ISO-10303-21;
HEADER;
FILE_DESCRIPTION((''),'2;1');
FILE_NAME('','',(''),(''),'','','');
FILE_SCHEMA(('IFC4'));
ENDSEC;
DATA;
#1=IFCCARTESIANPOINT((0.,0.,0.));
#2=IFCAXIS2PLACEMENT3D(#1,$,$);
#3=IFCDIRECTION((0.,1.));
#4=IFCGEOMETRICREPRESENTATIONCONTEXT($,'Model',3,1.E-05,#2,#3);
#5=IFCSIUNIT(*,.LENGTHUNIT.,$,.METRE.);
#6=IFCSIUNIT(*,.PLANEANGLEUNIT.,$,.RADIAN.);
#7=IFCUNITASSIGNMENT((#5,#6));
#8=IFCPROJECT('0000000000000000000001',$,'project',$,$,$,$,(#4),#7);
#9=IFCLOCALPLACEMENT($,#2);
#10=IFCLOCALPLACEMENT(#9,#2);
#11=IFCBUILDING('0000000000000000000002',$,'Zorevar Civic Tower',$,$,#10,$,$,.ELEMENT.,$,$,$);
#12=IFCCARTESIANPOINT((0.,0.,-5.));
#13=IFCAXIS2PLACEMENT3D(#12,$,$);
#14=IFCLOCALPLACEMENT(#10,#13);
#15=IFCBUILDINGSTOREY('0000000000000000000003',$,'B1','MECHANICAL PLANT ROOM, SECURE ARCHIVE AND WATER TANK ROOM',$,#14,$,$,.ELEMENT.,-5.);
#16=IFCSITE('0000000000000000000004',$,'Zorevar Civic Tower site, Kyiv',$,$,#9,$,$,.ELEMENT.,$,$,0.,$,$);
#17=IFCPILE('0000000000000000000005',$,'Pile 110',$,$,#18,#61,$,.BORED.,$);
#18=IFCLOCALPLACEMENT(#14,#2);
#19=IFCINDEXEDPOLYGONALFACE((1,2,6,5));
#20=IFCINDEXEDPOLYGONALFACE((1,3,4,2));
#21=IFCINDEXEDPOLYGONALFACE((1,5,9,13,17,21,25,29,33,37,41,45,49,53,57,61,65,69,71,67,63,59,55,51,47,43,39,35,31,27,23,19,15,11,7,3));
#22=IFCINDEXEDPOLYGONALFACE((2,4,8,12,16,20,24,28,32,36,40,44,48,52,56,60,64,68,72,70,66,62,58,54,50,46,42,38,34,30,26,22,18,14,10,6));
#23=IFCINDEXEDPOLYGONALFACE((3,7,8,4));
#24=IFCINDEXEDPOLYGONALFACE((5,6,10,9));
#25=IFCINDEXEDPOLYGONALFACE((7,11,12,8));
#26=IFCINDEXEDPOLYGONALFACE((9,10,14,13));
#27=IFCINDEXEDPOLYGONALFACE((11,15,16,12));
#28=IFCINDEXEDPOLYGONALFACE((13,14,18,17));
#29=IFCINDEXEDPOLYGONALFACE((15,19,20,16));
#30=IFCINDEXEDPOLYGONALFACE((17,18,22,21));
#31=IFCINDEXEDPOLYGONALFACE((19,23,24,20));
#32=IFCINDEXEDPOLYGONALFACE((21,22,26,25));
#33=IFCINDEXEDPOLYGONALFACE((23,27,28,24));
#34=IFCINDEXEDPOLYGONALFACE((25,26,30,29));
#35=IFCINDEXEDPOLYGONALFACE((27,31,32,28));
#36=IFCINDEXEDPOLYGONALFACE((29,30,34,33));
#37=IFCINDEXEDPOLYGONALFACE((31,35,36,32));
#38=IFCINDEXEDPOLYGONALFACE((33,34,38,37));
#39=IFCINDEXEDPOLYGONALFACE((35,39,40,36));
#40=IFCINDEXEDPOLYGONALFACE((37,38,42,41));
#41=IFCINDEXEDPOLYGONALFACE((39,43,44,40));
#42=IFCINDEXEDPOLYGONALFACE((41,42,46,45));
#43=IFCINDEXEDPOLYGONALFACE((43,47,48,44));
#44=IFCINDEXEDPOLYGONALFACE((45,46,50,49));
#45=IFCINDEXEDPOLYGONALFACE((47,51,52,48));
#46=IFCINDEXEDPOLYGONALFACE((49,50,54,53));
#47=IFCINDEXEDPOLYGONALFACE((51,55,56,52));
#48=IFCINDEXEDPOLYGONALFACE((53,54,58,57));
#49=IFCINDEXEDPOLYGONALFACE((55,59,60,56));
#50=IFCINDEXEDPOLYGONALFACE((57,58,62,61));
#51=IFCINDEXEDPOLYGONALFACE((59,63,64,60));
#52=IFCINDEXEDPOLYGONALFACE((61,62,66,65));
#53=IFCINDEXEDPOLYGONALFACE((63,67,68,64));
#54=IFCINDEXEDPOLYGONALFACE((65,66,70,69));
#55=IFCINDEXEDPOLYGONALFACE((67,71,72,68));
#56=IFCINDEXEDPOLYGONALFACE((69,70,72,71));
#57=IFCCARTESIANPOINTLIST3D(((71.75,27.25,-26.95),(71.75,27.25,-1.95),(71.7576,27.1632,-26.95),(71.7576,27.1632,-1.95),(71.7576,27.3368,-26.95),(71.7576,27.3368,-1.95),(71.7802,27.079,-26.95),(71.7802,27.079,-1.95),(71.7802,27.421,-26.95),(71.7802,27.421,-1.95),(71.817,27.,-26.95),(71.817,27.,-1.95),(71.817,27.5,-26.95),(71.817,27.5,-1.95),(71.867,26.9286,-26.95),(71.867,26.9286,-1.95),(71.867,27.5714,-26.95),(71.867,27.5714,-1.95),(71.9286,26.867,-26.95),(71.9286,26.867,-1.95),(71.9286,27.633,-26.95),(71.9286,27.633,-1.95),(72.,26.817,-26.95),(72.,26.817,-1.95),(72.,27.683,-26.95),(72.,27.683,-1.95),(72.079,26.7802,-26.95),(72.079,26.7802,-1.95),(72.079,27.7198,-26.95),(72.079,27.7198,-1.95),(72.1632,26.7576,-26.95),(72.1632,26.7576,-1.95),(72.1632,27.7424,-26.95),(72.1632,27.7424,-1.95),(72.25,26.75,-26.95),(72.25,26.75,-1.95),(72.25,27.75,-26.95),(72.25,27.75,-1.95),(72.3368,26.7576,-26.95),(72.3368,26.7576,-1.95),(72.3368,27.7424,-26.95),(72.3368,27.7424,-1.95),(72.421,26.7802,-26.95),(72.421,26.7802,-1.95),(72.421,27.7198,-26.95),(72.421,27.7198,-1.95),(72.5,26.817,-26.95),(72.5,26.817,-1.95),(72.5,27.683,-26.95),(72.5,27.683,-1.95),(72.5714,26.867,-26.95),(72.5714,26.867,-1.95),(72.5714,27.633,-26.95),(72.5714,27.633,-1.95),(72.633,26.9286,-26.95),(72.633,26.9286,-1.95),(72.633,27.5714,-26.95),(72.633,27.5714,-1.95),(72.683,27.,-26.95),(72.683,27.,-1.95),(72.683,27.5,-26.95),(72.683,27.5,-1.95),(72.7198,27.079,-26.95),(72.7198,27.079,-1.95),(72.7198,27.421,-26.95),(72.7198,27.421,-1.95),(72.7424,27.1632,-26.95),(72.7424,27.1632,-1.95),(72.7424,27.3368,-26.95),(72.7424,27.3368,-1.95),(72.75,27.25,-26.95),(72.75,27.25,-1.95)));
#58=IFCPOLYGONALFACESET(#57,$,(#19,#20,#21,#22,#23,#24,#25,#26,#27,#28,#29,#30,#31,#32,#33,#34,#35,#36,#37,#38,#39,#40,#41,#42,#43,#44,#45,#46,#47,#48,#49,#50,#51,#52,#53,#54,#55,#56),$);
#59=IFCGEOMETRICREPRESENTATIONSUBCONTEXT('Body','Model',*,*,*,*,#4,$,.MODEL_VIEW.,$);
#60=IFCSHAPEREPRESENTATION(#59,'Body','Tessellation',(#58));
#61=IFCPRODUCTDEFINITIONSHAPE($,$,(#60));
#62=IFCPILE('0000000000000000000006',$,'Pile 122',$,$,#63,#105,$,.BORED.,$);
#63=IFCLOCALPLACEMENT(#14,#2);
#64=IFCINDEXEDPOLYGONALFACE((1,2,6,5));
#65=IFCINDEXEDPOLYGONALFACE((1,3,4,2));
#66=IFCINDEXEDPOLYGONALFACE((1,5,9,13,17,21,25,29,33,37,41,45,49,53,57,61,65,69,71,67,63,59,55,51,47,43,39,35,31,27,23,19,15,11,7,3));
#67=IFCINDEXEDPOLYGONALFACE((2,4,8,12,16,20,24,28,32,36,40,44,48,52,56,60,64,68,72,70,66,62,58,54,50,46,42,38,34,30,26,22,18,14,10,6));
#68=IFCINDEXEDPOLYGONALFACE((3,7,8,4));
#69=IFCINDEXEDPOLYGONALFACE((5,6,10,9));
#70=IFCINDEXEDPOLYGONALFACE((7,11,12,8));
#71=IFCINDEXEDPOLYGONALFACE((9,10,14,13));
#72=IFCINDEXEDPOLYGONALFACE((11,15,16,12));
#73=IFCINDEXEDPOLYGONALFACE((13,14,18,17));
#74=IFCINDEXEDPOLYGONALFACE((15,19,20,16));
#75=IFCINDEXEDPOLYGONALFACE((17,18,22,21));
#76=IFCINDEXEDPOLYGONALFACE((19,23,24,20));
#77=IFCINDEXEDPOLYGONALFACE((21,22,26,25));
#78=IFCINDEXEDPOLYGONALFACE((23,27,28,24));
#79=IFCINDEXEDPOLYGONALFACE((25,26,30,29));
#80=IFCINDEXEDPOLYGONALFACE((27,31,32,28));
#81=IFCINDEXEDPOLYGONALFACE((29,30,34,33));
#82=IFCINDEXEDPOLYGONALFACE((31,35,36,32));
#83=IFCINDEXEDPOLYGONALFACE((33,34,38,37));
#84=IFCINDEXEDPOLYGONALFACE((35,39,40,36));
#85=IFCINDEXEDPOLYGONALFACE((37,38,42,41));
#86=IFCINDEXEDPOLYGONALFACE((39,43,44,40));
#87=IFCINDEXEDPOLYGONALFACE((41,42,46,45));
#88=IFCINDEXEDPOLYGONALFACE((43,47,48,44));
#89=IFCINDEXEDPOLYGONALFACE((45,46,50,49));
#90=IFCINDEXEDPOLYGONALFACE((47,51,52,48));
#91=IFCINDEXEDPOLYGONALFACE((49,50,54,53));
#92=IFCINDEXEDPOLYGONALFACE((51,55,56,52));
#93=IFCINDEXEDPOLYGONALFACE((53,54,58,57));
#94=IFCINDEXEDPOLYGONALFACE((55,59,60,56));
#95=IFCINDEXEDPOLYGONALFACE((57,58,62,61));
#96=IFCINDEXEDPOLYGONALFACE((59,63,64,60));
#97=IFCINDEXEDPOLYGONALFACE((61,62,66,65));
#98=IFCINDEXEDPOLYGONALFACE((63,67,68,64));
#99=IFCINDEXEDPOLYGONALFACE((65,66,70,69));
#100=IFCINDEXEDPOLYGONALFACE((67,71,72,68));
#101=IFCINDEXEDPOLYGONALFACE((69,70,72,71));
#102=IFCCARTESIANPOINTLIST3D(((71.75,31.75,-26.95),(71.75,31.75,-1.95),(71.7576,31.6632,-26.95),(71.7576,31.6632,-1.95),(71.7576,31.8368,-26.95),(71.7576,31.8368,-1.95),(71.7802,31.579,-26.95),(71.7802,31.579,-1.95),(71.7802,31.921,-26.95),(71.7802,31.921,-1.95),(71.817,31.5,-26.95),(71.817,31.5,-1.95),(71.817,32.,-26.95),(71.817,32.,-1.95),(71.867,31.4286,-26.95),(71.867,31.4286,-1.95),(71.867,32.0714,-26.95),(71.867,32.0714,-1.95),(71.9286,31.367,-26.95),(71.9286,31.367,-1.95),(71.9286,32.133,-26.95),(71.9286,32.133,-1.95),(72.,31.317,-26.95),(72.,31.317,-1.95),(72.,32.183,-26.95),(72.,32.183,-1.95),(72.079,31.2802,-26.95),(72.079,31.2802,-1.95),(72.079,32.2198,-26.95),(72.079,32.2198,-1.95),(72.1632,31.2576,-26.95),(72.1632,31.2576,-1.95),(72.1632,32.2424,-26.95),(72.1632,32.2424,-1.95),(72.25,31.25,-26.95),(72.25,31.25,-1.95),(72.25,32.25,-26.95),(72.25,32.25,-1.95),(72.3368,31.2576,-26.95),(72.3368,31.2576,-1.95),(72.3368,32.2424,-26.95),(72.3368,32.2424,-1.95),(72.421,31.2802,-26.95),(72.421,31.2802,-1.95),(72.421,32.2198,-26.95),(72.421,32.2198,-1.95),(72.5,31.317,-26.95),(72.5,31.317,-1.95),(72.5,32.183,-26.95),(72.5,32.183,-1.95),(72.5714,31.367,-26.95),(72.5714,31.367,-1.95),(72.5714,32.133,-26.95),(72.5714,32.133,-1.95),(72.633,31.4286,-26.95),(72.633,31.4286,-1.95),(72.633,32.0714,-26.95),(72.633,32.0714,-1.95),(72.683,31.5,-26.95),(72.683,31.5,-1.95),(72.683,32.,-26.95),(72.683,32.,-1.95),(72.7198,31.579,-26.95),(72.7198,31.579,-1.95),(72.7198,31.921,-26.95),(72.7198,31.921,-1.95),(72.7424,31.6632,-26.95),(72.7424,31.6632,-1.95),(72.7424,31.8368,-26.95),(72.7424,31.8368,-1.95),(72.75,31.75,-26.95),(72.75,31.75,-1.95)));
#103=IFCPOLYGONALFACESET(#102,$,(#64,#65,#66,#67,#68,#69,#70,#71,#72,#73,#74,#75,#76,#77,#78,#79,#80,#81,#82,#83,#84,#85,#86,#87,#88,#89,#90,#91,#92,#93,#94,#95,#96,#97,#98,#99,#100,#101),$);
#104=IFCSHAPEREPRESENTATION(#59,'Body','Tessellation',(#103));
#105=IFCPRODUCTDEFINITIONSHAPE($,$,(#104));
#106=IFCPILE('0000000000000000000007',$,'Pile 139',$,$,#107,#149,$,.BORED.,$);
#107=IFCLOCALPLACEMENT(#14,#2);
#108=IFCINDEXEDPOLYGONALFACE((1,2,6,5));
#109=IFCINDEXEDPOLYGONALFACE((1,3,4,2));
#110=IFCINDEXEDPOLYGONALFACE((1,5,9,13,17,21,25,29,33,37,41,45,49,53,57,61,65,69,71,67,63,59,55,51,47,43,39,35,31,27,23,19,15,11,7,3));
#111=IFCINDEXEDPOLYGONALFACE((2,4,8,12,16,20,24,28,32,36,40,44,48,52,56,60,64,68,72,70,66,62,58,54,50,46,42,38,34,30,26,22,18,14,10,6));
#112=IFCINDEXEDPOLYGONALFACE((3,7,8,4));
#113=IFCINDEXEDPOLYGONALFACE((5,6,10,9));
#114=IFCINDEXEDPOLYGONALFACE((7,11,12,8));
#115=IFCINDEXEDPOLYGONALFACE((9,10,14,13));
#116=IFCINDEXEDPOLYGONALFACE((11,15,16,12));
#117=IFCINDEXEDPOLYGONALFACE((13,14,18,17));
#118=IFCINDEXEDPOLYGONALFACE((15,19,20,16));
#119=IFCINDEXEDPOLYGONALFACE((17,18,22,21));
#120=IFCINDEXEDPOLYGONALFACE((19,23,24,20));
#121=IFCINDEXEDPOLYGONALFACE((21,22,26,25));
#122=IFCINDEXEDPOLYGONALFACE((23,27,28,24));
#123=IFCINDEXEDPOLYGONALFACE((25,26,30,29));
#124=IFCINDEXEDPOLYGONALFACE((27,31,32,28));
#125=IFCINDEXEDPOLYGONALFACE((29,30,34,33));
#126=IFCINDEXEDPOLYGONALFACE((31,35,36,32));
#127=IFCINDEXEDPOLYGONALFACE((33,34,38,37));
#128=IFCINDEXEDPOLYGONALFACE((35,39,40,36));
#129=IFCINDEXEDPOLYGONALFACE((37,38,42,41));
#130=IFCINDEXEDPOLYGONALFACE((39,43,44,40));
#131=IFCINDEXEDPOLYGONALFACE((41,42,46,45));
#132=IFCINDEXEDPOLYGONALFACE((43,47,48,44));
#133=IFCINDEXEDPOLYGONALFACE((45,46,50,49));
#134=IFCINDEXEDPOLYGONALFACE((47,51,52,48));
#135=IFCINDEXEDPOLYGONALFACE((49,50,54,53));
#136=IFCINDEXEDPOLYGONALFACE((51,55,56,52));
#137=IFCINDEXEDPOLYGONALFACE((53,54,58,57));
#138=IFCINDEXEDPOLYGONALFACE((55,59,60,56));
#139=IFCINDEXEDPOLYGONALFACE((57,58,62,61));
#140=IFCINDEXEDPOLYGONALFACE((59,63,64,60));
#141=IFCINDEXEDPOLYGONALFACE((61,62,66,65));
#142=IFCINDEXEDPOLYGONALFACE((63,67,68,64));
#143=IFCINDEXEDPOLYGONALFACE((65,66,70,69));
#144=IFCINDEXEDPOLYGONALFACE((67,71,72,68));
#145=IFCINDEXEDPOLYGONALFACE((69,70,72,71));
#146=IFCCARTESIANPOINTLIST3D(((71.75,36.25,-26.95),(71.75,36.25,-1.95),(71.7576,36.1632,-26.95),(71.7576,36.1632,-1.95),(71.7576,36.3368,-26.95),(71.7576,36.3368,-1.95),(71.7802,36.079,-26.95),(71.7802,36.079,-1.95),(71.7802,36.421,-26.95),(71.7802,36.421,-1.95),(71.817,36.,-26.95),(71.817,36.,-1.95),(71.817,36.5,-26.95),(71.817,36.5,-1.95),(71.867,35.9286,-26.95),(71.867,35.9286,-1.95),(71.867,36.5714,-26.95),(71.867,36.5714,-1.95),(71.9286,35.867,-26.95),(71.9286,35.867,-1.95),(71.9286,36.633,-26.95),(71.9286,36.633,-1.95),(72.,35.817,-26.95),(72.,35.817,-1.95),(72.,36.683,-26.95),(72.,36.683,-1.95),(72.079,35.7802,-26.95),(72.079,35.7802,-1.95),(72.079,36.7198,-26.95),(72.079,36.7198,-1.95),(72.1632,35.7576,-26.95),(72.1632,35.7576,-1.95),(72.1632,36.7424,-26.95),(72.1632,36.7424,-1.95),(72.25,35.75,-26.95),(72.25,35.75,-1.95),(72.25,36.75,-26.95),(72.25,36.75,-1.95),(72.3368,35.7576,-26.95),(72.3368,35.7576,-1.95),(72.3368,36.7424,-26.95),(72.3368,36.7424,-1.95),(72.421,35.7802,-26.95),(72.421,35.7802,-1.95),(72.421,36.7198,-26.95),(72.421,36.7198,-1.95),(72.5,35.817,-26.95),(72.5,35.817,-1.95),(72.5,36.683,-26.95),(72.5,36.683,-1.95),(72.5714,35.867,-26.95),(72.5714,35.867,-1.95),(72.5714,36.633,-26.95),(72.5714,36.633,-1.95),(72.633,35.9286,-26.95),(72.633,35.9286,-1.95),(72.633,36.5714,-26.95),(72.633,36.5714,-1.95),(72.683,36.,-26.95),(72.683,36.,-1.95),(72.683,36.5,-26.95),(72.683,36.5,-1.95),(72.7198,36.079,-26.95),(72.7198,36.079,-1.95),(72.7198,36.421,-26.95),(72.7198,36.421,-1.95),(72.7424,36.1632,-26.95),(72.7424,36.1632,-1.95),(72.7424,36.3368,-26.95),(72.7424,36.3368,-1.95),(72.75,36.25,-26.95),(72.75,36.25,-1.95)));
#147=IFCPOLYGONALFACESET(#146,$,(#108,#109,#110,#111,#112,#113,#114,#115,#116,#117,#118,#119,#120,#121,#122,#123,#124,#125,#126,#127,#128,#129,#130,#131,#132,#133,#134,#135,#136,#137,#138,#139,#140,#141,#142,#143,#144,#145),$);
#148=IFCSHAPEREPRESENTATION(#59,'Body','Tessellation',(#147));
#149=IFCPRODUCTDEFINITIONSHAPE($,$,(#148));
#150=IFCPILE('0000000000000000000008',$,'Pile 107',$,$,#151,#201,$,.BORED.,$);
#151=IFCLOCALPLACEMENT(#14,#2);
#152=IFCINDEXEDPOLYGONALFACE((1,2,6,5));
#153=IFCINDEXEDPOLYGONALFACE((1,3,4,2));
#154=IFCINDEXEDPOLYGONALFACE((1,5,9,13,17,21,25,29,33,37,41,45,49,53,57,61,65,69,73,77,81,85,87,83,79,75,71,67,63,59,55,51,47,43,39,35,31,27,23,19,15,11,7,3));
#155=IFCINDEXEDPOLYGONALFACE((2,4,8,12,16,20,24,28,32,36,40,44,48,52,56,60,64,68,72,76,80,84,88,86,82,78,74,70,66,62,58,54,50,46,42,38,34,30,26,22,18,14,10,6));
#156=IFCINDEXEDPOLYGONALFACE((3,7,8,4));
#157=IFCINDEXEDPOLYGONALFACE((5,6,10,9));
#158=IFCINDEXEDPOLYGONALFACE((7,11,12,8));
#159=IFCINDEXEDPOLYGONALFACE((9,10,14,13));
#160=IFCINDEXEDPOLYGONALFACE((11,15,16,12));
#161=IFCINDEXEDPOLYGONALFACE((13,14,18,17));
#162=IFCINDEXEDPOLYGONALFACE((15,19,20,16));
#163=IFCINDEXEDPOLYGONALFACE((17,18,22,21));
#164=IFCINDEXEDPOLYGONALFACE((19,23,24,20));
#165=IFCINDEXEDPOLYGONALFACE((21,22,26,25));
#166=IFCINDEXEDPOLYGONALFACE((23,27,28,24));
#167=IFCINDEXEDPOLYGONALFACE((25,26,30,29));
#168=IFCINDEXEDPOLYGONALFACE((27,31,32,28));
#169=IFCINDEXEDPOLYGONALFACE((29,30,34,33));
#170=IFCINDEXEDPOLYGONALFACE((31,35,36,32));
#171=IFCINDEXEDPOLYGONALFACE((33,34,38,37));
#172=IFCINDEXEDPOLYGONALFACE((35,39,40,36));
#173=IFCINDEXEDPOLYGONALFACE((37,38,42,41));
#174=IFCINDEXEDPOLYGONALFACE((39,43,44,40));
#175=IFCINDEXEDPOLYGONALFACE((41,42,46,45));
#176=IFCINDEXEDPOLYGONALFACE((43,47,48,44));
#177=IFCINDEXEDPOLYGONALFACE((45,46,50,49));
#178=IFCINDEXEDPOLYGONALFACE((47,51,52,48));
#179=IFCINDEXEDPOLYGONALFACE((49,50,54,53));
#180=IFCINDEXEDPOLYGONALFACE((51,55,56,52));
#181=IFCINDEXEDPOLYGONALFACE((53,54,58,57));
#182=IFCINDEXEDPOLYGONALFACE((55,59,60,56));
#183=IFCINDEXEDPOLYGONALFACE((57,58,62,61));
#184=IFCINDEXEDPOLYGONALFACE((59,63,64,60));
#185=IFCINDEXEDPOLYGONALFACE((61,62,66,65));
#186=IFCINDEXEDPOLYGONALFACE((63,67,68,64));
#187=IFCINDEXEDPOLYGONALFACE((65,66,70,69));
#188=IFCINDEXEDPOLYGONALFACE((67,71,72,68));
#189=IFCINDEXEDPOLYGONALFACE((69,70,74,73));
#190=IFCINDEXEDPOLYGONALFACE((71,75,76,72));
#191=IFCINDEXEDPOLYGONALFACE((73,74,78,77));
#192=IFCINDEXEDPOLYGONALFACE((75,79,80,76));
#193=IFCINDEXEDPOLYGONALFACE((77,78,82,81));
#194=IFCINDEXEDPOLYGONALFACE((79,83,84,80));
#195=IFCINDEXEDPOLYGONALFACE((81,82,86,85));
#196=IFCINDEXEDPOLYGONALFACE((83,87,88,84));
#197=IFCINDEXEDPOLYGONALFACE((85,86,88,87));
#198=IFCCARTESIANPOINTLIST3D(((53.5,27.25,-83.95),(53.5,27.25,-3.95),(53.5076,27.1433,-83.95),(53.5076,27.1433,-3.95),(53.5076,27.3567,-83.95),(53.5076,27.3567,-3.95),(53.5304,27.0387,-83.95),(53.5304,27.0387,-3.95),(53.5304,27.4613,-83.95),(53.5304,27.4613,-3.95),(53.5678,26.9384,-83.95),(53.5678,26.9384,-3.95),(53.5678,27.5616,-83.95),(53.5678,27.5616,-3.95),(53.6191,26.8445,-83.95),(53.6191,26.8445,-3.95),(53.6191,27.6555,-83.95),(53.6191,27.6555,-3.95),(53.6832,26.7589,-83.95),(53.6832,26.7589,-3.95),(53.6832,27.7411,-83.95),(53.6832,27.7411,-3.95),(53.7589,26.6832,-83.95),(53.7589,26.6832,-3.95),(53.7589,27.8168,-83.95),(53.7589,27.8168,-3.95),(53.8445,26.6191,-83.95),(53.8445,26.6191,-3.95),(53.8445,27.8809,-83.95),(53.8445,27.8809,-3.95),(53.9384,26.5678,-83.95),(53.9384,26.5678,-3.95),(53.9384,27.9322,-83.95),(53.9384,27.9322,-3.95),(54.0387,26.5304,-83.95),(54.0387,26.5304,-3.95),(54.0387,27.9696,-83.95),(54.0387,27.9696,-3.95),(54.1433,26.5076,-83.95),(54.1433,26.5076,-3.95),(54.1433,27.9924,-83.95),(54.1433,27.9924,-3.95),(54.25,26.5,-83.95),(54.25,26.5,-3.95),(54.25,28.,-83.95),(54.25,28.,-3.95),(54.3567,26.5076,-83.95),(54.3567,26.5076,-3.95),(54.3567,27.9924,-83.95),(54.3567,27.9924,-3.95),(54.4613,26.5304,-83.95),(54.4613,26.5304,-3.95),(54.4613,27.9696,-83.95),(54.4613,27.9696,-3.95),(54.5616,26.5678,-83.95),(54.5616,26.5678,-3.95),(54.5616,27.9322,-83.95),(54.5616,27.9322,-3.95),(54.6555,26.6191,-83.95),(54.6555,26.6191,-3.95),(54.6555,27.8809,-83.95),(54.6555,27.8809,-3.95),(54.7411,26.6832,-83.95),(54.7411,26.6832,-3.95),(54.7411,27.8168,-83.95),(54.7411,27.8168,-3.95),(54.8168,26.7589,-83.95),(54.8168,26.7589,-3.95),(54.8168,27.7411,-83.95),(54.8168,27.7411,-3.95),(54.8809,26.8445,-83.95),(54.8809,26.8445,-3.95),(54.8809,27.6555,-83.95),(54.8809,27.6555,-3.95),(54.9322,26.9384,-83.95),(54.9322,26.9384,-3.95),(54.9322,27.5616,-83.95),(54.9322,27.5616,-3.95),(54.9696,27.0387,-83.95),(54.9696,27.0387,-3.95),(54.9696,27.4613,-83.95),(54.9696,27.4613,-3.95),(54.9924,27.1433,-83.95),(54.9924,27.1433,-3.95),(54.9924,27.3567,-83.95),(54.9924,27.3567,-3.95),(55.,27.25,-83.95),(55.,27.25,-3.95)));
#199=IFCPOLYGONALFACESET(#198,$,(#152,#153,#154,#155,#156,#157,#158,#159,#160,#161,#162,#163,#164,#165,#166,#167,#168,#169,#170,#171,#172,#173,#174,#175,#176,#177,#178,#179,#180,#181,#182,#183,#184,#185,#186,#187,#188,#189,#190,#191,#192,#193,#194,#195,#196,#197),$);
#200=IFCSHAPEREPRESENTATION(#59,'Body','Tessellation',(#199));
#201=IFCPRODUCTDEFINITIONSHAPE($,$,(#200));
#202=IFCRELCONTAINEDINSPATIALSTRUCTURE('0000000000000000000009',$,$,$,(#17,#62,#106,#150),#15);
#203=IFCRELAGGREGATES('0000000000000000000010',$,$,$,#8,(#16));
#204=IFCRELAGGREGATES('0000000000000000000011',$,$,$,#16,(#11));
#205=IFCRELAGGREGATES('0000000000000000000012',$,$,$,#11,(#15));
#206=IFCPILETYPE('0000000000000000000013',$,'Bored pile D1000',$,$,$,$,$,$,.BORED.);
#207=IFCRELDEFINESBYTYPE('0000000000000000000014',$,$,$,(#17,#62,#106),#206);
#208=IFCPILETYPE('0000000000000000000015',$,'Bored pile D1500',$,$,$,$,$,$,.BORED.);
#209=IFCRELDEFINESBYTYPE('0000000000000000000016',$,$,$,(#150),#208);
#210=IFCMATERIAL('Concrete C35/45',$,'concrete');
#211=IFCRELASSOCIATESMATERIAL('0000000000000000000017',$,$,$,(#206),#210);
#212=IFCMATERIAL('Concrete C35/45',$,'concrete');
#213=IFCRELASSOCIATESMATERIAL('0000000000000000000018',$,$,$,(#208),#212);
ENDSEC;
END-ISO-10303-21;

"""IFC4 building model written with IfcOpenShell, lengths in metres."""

from ifc_helpers import new_model, si_unit, direction, frame, origin, origin_2d, place, context, subcontext, project, spatial, circle, extrude, material, type_object, element, save


model = new_model("IFC4")

# Units and contexts
model_context = context("Model", 3, precision=1e-05, world=origin(), true_north=direction((0.0, 1.0)))
body_context = subcontext(model_context, "Body", "Model", "MODEL_VIEW")
ifc_project = project(units=[si_unit("LENGTHUNIT", "METRE"), si_unit("PLANEANGLEUNIT", "RADIAN")], contexts=[model_context])

# Site, building, storey
site_placement = place(None, origin())
site = spatial("IfcSite", under=ifc_project, at=site_placement, Name="Zorevar Civic Tower site, Kyiv", CompositionType="ELEMENT", RefElevation=0.0)
building_placement = place(site_placement, origin())
building = spatial("IfcBuilding", under=site, at=building_placement, Name="Zorevar Civic Tower", CompositionType="ELEMENT")
storey_placement = place(building_placement, frame((0.0, 0.0, -5.0)))
storey = spatial("IfcBuildingStorey", under=building, at=storey_placement, Name="B1", Description="MECHANICAL PLANT ROOM, SECURE ARCHIVE AND WATER TANK ROOM", CompositionType="ELEMENT", Elevation=-5.0)

# Piles
ifc_material_1 = material(Name="Concrete C35/45", Category="concrete")
pile_type_1 = type_object("IfcPileType", Name="Bored pile D1000", PredefinedType="BORED", material=ifc_material_1)
for number, where, z_axis, x_axis, name in (
    (1, (72.25, 27.25, -1.95), (0.0, 0.0, -1.0), (1.0, 0.0, 0.0), "Pile 110"),
    (2, (72.25, 31.75, -1.95), (0.0, 0.0, -1.0), (1.0, 0.0, 0.0), "Pile 122"),
    (3, (72.25, 36.25, -1.95), (0.0, 0.0, -1.0), (1.0, 0.0, 0.0), "Pile 139"),
):
    element("IfcPile", number, at=place(storey_placement, frame(where, z_axis=z_axis, x_axis=x_axis)), inside=storey, type_object=pile_type_1, Name=name, PredefinedType="BORED", context=body_context, shape_type="SweptSolid", body=[
        extrude(circle(Radius=0.5, at=origin_2d()), origin(), (0.0, 0.0, 1.0), 25.0),
    ])
ifc_material_2 = material(Name="Concrete C35/45", Category="concrete")
pile_type_2 = type_object("IfcPileType", Name="Bored pile D1500", PredefinedType="BORED", material=ifc_material_2)
for number, where, z_axis, x_axis, name in (
    (4, (54.25, 27.25, -3.95), (0.0, 0.0, -1.0), (1.0, 0.0, 0.0), "Pile 107"),
):
    element("IfcPile", number, at=place(storey_placement, frame(where, z_axis=z_axis, x_axis=x_axis)), inside=storey, type_object=pile_type_2, Name=name, PredefinedType="BORED", context=body_context, shape_type="SweptSolid", body=[
        extrude(circle(Radius=0.75, at=origin_2d()), origin(), (0.0, 0.0, 1.0), 80.0),
    ])

save(model, "model.ifc")
